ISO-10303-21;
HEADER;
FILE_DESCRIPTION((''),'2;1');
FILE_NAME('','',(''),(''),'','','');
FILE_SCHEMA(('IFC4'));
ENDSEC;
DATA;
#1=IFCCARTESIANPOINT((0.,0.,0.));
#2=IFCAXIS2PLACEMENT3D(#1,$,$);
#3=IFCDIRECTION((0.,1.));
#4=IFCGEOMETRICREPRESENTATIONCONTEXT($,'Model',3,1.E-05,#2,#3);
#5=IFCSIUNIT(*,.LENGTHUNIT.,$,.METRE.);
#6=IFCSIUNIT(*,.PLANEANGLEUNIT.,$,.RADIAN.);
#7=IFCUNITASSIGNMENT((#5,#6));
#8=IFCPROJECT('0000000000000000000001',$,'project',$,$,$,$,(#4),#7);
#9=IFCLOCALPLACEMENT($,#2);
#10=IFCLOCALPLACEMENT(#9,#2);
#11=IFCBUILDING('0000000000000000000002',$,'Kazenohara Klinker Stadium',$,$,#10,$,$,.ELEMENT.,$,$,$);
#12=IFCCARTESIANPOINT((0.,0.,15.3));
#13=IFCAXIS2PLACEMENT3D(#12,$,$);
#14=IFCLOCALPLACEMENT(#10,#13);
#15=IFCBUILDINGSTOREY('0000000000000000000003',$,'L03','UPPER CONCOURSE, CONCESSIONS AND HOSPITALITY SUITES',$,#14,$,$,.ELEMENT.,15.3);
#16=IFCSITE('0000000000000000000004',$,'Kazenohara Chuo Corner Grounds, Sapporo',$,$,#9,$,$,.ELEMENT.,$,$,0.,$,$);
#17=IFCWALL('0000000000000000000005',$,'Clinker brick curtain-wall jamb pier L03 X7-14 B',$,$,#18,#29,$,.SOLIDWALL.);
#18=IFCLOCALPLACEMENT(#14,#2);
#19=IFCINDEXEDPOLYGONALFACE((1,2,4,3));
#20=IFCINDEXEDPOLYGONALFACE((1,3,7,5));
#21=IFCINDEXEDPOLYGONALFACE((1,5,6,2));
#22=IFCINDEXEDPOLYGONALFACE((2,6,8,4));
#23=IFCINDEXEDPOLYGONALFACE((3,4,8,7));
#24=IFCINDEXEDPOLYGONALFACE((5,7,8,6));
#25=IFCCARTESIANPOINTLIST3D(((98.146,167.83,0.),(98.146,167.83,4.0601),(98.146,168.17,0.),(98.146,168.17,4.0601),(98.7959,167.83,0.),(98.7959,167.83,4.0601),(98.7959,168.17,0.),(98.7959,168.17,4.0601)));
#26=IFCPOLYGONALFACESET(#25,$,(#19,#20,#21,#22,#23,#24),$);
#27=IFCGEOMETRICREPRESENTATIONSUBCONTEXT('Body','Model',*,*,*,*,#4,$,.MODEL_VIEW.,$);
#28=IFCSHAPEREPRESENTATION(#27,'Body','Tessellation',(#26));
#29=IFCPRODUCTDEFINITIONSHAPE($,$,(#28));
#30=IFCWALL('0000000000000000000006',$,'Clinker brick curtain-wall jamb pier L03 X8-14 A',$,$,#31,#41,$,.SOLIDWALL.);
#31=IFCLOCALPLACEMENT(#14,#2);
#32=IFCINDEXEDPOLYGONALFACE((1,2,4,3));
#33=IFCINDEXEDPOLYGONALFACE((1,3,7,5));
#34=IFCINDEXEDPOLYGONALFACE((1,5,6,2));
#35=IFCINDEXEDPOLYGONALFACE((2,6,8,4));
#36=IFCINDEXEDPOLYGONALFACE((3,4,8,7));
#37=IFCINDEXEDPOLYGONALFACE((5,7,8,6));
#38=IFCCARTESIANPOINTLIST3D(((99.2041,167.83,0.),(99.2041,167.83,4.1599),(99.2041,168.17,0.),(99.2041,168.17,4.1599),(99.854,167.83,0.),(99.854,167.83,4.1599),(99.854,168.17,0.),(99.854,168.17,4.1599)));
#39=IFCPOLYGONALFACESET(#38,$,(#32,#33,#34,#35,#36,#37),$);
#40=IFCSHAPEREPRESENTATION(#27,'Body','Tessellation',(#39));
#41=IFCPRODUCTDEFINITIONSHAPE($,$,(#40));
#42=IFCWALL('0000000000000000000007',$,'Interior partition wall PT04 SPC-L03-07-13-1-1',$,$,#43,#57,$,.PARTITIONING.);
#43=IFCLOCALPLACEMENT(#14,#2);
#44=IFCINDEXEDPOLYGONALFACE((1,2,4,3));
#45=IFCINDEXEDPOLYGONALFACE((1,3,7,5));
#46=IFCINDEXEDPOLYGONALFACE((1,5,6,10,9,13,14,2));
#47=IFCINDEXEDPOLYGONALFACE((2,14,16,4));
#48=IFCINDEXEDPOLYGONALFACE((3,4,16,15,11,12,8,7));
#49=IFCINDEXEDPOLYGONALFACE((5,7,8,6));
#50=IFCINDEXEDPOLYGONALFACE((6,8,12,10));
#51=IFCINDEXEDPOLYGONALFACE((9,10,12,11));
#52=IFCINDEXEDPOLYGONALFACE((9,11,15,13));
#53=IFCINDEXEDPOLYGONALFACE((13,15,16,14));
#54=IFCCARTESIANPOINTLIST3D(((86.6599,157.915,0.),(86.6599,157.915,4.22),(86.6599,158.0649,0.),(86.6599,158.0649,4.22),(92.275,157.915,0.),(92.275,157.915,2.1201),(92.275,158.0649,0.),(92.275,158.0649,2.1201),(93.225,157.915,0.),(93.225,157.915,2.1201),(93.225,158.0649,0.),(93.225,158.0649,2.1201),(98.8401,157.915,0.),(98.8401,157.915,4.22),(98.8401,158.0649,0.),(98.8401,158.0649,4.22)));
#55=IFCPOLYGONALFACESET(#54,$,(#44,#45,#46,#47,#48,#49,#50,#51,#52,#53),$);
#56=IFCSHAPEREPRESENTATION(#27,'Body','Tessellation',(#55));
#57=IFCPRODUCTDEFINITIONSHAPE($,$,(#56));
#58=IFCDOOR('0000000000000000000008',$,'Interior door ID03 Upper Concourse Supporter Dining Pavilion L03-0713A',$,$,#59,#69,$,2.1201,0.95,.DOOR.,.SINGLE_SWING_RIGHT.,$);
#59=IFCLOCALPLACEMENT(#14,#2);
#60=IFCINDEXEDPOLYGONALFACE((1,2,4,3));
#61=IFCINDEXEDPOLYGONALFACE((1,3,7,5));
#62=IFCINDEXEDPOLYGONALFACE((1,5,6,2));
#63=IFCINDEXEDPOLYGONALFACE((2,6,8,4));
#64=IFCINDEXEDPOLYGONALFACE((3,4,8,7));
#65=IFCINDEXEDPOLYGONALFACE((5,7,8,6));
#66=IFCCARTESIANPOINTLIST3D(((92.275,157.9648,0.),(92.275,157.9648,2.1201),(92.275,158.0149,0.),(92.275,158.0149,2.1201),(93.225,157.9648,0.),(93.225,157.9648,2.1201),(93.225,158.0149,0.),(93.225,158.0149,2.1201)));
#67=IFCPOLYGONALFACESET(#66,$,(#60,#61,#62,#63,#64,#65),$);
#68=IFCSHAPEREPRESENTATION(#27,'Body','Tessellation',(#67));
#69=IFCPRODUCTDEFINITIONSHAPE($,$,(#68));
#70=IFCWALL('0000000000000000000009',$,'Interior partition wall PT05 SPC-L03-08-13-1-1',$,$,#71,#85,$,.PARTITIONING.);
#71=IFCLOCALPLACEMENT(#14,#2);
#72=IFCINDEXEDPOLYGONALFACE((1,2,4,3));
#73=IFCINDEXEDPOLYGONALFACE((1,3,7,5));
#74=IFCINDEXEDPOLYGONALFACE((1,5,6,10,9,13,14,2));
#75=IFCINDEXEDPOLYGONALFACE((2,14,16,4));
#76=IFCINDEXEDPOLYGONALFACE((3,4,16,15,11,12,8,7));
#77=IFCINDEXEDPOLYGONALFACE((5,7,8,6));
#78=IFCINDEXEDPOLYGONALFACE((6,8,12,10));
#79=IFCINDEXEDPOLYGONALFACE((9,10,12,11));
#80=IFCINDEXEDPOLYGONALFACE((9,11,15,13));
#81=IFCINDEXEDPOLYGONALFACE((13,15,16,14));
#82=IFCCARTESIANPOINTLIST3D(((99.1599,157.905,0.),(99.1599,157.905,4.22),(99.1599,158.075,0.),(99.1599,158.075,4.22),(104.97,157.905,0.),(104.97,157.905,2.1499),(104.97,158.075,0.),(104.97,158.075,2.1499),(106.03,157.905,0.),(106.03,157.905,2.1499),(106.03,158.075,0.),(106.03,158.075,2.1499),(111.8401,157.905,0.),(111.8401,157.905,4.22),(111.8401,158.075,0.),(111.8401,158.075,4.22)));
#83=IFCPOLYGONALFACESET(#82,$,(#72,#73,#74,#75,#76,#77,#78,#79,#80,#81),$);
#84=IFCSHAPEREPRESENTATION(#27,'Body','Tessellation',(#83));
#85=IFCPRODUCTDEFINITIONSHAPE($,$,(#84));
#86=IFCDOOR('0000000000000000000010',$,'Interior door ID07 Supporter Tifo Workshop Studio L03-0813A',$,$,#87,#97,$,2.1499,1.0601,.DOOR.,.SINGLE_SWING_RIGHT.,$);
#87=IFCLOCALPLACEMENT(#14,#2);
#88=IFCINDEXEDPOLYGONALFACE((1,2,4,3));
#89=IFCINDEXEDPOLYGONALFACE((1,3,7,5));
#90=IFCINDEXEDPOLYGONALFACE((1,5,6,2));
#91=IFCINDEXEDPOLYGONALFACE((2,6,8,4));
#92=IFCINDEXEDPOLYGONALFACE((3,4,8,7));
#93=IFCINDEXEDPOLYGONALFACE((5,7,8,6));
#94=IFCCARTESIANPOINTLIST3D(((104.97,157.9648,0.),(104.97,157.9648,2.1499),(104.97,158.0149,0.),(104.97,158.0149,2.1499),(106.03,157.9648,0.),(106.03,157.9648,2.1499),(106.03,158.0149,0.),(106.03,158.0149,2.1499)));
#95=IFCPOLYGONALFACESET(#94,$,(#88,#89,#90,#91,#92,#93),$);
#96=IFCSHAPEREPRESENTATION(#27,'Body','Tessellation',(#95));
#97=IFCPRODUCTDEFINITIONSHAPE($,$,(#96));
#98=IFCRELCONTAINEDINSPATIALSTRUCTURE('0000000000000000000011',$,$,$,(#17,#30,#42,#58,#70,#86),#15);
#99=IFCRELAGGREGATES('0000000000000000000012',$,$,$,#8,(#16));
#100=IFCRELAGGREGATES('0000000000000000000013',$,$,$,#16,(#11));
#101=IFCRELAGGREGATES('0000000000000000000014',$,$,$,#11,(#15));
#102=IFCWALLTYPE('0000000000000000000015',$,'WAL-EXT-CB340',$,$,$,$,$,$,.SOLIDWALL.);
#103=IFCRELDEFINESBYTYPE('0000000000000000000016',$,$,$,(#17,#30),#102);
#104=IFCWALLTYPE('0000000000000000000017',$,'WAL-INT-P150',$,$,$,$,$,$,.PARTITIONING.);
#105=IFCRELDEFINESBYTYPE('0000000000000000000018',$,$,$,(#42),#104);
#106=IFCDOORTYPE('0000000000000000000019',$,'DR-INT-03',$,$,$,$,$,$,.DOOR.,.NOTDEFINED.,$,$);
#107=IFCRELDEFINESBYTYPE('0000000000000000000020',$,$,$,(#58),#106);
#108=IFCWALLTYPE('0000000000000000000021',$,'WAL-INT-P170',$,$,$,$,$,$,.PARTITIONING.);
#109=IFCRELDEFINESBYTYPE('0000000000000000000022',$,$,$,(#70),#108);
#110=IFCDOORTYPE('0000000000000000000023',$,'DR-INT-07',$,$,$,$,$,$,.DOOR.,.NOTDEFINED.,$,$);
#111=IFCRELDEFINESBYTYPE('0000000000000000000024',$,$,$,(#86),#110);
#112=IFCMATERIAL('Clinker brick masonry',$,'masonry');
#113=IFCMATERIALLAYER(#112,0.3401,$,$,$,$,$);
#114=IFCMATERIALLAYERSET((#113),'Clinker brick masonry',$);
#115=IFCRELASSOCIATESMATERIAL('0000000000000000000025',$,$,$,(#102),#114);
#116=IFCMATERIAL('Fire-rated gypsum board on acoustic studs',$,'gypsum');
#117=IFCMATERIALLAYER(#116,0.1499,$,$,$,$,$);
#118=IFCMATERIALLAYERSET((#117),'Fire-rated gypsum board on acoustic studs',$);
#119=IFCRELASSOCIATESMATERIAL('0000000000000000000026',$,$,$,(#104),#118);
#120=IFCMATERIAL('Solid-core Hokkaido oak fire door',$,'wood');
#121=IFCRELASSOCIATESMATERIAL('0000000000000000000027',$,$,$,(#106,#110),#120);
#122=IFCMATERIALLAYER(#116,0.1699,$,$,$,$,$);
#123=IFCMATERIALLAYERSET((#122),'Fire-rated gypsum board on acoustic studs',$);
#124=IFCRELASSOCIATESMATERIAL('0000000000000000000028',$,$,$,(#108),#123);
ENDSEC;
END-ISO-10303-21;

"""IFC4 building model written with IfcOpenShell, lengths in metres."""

from ifc_helpers import new_model, si_unit, direction, frame, frame_2d, origin, place, context, subcontext, project, spatial, rectangle, extrude, material, layer, layer_set, type_object, element, fill, save


model = new_model("IFC4")

# Units and contexts
model_context = context("Model", 3, precision=1e-05, world=origin(), true_north=direction((0.0, 1.0)))
body_context = subcontext(model_context, "Body", "Model", "MODEL_VIEW")
ifc_project = project(units=[si_unit("LENGTHUNIT", "METRE"), si_unit("PLANEANGLEUNIT", "RADIAN")], contexts=[model_context])

# Site, building, storey
site_placement = place(None, origin())
site = spatial("IfcSite", under=ifc_project, at=site_placement, Name="Kazenohara Chuo Corner Grounds, Sapporo", CompositionType="ELEMENT", RefElevation=0.0)
building_placement = place(site_placement, origin())
building = spatial("IfcBuilding", under=site, at=building_placement, Name="Kazenohara Klinker Stadium", CompositionType="ELEMENT")
storey_placement = place(building_placement, frame((0.0, 0.0, 15.3)))
storey = spatial("IfcBuildingStorey", under=building, at=storey_placement, Name="L03", Description="UPPER CONCOURSE, CONCESSIONS AND HOSPITALITY SUITES", CompositionType="ELEMENT", Elevation=15.3)

# Walls
ifc_material_1 = material(Name="Clinker brick masonry", Category="masonry")
ifc_layer_1 = layer(ifc_material_1, 0.3401)
ifc_layer_set_1 = layer_set([ifc_layer_1], Name="Clinker brick masonry")
wall_type_1 = type_object("IfcWallType", Name="WAL-EXT-CB340", PredefinedType="SOLIDWALL", material=ifc_layer_set_1)
for number, where, z_axis, x_axis, name in (
    (1, (98.146, 168.0, 0.0), (0.0, 0.0, 1.0), (1.0, 0.0, 0.0), "Clinker brick curtain-wall jamb pier L03 X7-14 B"),
):
    element("IfcWall", number, at=place(storey_placement, frame(where, z_axis=z_axis, x_axis=x_axis)), inside=storey, type_object=wall_type_1, Name=name, PredefinedType="SOLIDWALL", context=body_context, shape_type="SweptSolid", body=[
        extrude(rectangle(XDim=0.6499, YDim=0.3401, at=frame_2d((0.325, 0.0))), origin(), (0.0, 0.0, 1.0), 4.0601),
    ])
wall_1_placement = place(storey_placement, frame((99.2041, 168.0, 0.0), z_axis=(0.0, 0.0, 1.0), x_axis=(1.0, 0.0, 0.0)))
element("IfcWall", 2, at=wall_1_placement, inside=storey, type_object=wall_type_1, Name="Clinker brick curtain-wall jamb pier L03 X8-14 A", PredefinedType="SOLIDWALL", context=body_context, shape_type="SweptSolid", body=[
    extrude(rectangle(XDim=0.6499, YDim=0.3401, at=frame_2d((0.325, 0.0))), origin(), (0.0, 0.0, 1.0), 4.1599),
])

# Walls, openings, doors
ifc_material_2 = material(Name="Fire-rated gypsum board on acoustic studs", Category="gypsum")
ifc_layer_2 = layer(ifc_material_2, 0.1499)
ifc_layer_set_2 = layer_set([ifc_layer_2], Name="Fire-rated gypsum board on acoustic studs")
wall_type_2 = type_object("IfcWallType", Name="WAL-INT-P150", PredefinedType="PARTITIONING", material=ifc_layer_set_2)
wall_2_placement = place(storey_placement, frame((86.6599, 157.99, 0.0), z_axis=(0.0, 0.0, 1.0), x_axis=(1.0, 0.0, 0.0)))
wall_2 = element("IfcWall", 3, at=wall_2_placement, inside=storey, type_object=wall_type_2, Name="Interior partition wall PT04 SPC-L03-07-13-1-1", PredefinedType="PARTITIONING", context=body_context, shape_type="SweptSolid", body=[
    extrude(rectangle(XDim=12.1802, YDim=0.1499, at=frame_2d((6.0901, 0.0))), origin(), (0.0, 0.0, 1.0), 4.22),
])
opening_1_placement = place(wall_2_placement, frame((5.615, 0.0, 0.0)))
opening_1 = element("IfcOpeningElement", 4, at=opening_1_placement, cuts=wall_2, PredefinedType="OPENING", context=body_context, shape_type="SweptSolid", body=[
    extrude(rectangle(XDim=0.95, YDim=2.1201, at=frame_2d((0.4751, 1.0601))), frame((0.0, 0.085, 0.0), z_axis=(0.0, -1.0, 0.0), x_axis=(1.0, 0.0, 0.0)), (0.0, 0.0, 1.0), 0.1699),
])
ifc_material_3 = material(Name="Solid-core Hokkaido oak fire door", Category="wood")
door_type_1 = type_object("IfcDoorType", Name="DR-INT-03", OperationType="NOTDEFINED", PredefinedType="DOOR", material=ifc_material_3)
door_1_placement = place(opening_1_placement, origin())
door_1 = element("IfcDoor", 5, at=door_1_placement, inside=storey, type_object=door_type_1, Name="Interior door ID03 Upper Concourse Supporter Dining Pavilion L03-0713A", OperationType="SINGLE_SWING_RIGHT", OverallHeight=2.1201, OverallWidth=0.95, PredefinedType="DOOR", context=body_context, shape_type="SweptSolid", body=[
    extrude(rectangle(XDim=0.95, YDim=2.1201, at=frame_2d((0.4751, 1.0601))), frame((0.0, 0.0249, 0.0), z_axis=(0.0, -1.0, 0.0), x_axis=(1.0, 0.0, 0.0)), (0.0, 0.0, 1.0), 0.05),
])
fill(opening_1, door_1)
ifc_layer_3 = layer(ifc_material_2, 0.1699)
ifc_layer_set_3 = layer_set([ifc_layer_3], Name="Fire-rated gypsum board on acoustic studs")
wall_type_3 = type_object("IfcWallType", Name="WAL-INT-P170", PredefinedType="PARTITIONING", material=ifc_layer_set_3)
wall_3_placement = place(storey_placement, frame((99.1599, 157.99, 0.0), z_axis=(0.0, 0.0, 1.0), x_axis=(1.0, 0.0, 0.0)))
wall_3 = element("IfcWall", 6, at=wall_3_placement, inside=storey, type_object=wall_type_3, Name="Interior partition wall PT05 SPC-L03-08-13-1-1", PredefinedType="PARTITIONING", context=body_context, shape_type="SweptSolid", body=[
    extrude(rectangle(XDim=12.6802, YDim=0.1699, at=frame_2d((6.3401, 0.0))), origin(), (0.0, 0.0, 1.0), 4.22),
])
opening_2_placement = place(wall_3_placement, frame((5.8101, 0.0, 0.0)))
opening_2 = element("IfcOpeningElement", 7, at=opening_2_placement, cuts=wall_3, PredefinedType="OPENING", context=body_context, shape_type="SweptSolid", body=[
    extrude(rectangle(XDim=1.0601, YDim=2.1499, at=frame_2d((0.53, 1.075))), frame((0.0, 0.095, 0.0), z_axis=(0.0, -1.0, 0.0), x_axis=(1.0, 0.0, 0.0)), (0.0, 0.0, 1.0), 0.1899),
])
door_type_2 = type_object("IfcDoorType", Name="DR-INT-07", OperationType="NOTDEFINED", PredefinedType="DOOR", material=ifc_material_3)
door_2_placement = place(opening_2_placement, origin())
door_2 = element("IfcDoor", 8, at=door_2_placement, inside=storey, type_object=door_type_2, Name="Interior door ID07 Supporter Tifo Workshop Studio L03-0813A", OperationType="SINGLE_SWING_RIGHT", OverallHeight=2.1499, OverallWidth=1.0601, PredefinedType="DOOR", context=body_context, shape_type="SweptSolid", body=[
    extrude(rectangle(XDim=1.0601, YDim=2.1499, at=frame_2d((0.53, 1.075))), frame((0.0, 0.0249, 0.0), z_axis=(0.0, -1.0, 0.0), x_axis=(1.0, 0.0, 0.0)), (0.0, 0.0, 1.0), 0.05),
])
fill(opening_2, door_2)

save(model, "model.ifc")
